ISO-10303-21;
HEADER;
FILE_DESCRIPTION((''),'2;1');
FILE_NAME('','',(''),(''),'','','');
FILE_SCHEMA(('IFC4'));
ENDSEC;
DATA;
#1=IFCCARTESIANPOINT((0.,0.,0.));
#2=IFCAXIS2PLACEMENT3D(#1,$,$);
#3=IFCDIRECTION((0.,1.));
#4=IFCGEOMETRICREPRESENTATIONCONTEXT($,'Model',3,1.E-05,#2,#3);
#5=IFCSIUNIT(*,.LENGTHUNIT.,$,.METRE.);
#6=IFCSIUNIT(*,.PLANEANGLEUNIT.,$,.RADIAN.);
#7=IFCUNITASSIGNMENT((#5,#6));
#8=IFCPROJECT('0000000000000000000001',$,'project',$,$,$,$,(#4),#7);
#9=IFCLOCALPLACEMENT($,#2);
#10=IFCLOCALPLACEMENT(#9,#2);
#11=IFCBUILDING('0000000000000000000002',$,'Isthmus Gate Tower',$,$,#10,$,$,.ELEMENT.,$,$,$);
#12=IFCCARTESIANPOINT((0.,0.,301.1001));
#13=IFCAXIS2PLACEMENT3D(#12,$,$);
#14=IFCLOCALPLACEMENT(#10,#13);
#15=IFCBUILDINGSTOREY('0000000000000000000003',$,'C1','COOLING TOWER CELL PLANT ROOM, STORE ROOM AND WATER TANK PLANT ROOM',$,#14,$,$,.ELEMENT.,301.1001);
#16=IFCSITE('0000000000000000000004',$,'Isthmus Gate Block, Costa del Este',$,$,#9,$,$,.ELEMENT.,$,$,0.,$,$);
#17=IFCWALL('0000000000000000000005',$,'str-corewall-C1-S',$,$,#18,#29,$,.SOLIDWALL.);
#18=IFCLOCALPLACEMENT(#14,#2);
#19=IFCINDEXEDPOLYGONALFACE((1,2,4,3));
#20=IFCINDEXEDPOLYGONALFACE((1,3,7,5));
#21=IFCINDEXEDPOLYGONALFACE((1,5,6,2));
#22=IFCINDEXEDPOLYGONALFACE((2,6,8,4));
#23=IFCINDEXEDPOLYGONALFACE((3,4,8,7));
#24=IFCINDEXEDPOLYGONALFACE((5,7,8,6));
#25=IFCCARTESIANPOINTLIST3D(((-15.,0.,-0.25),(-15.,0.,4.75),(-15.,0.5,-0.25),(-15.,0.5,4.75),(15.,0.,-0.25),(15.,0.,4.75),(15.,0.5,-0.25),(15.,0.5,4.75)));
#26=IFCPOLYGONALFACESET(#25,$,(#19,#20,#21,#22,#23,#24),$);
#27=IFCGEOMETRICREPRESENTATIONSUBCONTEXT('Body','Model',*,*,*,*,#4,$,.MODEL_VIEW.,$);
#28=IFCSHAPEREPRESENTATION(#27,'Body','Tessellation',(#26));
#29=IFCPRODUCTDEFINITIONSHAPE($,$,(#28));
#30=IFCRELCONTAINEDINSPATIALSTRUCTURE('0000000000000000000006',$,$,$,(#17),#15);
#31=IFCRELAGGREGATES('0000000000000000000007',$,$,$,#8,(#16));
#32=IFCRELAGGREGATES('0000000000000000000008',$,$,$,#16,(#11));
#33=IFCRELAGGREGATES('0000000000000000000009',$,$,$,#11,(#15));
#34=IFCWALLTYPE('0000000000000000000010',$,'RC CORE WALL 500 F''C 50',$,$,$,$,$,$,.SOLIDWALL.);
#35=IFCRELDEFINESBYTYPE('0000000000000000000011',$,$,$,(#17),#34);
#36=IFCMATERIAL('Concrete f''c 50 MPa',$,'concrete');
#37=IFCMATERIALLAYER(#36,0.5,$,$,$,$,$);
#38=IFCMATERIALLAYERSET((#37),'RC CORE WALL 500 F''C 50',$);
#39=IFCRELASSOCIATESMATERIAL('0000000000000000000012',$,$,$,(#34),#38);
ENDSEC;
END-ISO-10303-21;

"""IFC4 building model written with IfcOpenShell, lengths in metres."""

from ifc_helpers import new_model, si_unit, direction, frame, frame_2d, origin, place, context, subcontext, project, spatial, rectangle, extrude, material, layer, layer_set, type_object, element, save


model = new_model("IFC4")

# Units and contexts
model_context = context("Model", 3, precision=1e-05, world=origin(), true_north=direction((0.0, 1.0)))
body_context = subcontext(model_context, "Body", "Model", "MODEL_VIEW")
ifc_project = project(units=[si_unit("LENGTHUNIT", "METRE"), si_unit("PLANEANGLEUNIT", "RADIAN")], contexts=[model_context])

# Site, building, storey
site_placement = place(None, origin())
site = spatial("IfcSite", under=ifc_project, at=site_placement, Name="Isthmus Gate Block, Costa del Este", CompositionType="ELEMENT", RefElevation=0.0)
building_placement = place(site_placement, origin())
building = spatial("IfcBuilding", under=site, at=building_placement, Name="Isthmus Gate Tower", CompositionType="ELEMENT")
storey_placement = place(building_placement, frame((0.0, 0.0, 301.1001)))
storey = spatial("IfcBuildingStorey", under=building, at=storey_placement, Name="C1", Description="COOLING TOWER CELL PLANT ROOM, STORE ROOM AND WATER TANK PLANT ROOM", CompositionType="ELEMENT", Elevation=301.1001)

# Wall
ifc_material_1 = material(Name="Concrete f'c 50 MPa", Category="concrete")
ifc_layer_1 = layer(ifc_material_1, 0.5)
ifc_layer_set_1 = layer_set([ifc_layer_1], Name="RC CORE WALL 500 F'C 50")
wall_type_1 = type_object("IfcWallType", Name="RC CORE WALL 500 F'C 50", PredefinedType="SOLIDWALL", material=ifc_layer_set_1)
wall_1_placement = place(storey_placement, frame((-15.0, 0.25, -0.25), z_axis=(0.0, 0.0, 1.0), x_axis=(1.0, 0.0, 0.0)))
element("IfcWall", 1, at=wall_1_placement, inside=storey, type_object=wall_type_1, Name="str-corewall-C1-S", PredefinedType="SOLIDWALL", context=body_context, shape_type="SweptSolid", body=[
    extrude(rectangle(XDim=30.0, YDim=0.5, at=frame_2d((15.0, 0.0))), origin(), (0.0, 0.0, 1.0), 5.0),
])

save(model, "model.ifc")
